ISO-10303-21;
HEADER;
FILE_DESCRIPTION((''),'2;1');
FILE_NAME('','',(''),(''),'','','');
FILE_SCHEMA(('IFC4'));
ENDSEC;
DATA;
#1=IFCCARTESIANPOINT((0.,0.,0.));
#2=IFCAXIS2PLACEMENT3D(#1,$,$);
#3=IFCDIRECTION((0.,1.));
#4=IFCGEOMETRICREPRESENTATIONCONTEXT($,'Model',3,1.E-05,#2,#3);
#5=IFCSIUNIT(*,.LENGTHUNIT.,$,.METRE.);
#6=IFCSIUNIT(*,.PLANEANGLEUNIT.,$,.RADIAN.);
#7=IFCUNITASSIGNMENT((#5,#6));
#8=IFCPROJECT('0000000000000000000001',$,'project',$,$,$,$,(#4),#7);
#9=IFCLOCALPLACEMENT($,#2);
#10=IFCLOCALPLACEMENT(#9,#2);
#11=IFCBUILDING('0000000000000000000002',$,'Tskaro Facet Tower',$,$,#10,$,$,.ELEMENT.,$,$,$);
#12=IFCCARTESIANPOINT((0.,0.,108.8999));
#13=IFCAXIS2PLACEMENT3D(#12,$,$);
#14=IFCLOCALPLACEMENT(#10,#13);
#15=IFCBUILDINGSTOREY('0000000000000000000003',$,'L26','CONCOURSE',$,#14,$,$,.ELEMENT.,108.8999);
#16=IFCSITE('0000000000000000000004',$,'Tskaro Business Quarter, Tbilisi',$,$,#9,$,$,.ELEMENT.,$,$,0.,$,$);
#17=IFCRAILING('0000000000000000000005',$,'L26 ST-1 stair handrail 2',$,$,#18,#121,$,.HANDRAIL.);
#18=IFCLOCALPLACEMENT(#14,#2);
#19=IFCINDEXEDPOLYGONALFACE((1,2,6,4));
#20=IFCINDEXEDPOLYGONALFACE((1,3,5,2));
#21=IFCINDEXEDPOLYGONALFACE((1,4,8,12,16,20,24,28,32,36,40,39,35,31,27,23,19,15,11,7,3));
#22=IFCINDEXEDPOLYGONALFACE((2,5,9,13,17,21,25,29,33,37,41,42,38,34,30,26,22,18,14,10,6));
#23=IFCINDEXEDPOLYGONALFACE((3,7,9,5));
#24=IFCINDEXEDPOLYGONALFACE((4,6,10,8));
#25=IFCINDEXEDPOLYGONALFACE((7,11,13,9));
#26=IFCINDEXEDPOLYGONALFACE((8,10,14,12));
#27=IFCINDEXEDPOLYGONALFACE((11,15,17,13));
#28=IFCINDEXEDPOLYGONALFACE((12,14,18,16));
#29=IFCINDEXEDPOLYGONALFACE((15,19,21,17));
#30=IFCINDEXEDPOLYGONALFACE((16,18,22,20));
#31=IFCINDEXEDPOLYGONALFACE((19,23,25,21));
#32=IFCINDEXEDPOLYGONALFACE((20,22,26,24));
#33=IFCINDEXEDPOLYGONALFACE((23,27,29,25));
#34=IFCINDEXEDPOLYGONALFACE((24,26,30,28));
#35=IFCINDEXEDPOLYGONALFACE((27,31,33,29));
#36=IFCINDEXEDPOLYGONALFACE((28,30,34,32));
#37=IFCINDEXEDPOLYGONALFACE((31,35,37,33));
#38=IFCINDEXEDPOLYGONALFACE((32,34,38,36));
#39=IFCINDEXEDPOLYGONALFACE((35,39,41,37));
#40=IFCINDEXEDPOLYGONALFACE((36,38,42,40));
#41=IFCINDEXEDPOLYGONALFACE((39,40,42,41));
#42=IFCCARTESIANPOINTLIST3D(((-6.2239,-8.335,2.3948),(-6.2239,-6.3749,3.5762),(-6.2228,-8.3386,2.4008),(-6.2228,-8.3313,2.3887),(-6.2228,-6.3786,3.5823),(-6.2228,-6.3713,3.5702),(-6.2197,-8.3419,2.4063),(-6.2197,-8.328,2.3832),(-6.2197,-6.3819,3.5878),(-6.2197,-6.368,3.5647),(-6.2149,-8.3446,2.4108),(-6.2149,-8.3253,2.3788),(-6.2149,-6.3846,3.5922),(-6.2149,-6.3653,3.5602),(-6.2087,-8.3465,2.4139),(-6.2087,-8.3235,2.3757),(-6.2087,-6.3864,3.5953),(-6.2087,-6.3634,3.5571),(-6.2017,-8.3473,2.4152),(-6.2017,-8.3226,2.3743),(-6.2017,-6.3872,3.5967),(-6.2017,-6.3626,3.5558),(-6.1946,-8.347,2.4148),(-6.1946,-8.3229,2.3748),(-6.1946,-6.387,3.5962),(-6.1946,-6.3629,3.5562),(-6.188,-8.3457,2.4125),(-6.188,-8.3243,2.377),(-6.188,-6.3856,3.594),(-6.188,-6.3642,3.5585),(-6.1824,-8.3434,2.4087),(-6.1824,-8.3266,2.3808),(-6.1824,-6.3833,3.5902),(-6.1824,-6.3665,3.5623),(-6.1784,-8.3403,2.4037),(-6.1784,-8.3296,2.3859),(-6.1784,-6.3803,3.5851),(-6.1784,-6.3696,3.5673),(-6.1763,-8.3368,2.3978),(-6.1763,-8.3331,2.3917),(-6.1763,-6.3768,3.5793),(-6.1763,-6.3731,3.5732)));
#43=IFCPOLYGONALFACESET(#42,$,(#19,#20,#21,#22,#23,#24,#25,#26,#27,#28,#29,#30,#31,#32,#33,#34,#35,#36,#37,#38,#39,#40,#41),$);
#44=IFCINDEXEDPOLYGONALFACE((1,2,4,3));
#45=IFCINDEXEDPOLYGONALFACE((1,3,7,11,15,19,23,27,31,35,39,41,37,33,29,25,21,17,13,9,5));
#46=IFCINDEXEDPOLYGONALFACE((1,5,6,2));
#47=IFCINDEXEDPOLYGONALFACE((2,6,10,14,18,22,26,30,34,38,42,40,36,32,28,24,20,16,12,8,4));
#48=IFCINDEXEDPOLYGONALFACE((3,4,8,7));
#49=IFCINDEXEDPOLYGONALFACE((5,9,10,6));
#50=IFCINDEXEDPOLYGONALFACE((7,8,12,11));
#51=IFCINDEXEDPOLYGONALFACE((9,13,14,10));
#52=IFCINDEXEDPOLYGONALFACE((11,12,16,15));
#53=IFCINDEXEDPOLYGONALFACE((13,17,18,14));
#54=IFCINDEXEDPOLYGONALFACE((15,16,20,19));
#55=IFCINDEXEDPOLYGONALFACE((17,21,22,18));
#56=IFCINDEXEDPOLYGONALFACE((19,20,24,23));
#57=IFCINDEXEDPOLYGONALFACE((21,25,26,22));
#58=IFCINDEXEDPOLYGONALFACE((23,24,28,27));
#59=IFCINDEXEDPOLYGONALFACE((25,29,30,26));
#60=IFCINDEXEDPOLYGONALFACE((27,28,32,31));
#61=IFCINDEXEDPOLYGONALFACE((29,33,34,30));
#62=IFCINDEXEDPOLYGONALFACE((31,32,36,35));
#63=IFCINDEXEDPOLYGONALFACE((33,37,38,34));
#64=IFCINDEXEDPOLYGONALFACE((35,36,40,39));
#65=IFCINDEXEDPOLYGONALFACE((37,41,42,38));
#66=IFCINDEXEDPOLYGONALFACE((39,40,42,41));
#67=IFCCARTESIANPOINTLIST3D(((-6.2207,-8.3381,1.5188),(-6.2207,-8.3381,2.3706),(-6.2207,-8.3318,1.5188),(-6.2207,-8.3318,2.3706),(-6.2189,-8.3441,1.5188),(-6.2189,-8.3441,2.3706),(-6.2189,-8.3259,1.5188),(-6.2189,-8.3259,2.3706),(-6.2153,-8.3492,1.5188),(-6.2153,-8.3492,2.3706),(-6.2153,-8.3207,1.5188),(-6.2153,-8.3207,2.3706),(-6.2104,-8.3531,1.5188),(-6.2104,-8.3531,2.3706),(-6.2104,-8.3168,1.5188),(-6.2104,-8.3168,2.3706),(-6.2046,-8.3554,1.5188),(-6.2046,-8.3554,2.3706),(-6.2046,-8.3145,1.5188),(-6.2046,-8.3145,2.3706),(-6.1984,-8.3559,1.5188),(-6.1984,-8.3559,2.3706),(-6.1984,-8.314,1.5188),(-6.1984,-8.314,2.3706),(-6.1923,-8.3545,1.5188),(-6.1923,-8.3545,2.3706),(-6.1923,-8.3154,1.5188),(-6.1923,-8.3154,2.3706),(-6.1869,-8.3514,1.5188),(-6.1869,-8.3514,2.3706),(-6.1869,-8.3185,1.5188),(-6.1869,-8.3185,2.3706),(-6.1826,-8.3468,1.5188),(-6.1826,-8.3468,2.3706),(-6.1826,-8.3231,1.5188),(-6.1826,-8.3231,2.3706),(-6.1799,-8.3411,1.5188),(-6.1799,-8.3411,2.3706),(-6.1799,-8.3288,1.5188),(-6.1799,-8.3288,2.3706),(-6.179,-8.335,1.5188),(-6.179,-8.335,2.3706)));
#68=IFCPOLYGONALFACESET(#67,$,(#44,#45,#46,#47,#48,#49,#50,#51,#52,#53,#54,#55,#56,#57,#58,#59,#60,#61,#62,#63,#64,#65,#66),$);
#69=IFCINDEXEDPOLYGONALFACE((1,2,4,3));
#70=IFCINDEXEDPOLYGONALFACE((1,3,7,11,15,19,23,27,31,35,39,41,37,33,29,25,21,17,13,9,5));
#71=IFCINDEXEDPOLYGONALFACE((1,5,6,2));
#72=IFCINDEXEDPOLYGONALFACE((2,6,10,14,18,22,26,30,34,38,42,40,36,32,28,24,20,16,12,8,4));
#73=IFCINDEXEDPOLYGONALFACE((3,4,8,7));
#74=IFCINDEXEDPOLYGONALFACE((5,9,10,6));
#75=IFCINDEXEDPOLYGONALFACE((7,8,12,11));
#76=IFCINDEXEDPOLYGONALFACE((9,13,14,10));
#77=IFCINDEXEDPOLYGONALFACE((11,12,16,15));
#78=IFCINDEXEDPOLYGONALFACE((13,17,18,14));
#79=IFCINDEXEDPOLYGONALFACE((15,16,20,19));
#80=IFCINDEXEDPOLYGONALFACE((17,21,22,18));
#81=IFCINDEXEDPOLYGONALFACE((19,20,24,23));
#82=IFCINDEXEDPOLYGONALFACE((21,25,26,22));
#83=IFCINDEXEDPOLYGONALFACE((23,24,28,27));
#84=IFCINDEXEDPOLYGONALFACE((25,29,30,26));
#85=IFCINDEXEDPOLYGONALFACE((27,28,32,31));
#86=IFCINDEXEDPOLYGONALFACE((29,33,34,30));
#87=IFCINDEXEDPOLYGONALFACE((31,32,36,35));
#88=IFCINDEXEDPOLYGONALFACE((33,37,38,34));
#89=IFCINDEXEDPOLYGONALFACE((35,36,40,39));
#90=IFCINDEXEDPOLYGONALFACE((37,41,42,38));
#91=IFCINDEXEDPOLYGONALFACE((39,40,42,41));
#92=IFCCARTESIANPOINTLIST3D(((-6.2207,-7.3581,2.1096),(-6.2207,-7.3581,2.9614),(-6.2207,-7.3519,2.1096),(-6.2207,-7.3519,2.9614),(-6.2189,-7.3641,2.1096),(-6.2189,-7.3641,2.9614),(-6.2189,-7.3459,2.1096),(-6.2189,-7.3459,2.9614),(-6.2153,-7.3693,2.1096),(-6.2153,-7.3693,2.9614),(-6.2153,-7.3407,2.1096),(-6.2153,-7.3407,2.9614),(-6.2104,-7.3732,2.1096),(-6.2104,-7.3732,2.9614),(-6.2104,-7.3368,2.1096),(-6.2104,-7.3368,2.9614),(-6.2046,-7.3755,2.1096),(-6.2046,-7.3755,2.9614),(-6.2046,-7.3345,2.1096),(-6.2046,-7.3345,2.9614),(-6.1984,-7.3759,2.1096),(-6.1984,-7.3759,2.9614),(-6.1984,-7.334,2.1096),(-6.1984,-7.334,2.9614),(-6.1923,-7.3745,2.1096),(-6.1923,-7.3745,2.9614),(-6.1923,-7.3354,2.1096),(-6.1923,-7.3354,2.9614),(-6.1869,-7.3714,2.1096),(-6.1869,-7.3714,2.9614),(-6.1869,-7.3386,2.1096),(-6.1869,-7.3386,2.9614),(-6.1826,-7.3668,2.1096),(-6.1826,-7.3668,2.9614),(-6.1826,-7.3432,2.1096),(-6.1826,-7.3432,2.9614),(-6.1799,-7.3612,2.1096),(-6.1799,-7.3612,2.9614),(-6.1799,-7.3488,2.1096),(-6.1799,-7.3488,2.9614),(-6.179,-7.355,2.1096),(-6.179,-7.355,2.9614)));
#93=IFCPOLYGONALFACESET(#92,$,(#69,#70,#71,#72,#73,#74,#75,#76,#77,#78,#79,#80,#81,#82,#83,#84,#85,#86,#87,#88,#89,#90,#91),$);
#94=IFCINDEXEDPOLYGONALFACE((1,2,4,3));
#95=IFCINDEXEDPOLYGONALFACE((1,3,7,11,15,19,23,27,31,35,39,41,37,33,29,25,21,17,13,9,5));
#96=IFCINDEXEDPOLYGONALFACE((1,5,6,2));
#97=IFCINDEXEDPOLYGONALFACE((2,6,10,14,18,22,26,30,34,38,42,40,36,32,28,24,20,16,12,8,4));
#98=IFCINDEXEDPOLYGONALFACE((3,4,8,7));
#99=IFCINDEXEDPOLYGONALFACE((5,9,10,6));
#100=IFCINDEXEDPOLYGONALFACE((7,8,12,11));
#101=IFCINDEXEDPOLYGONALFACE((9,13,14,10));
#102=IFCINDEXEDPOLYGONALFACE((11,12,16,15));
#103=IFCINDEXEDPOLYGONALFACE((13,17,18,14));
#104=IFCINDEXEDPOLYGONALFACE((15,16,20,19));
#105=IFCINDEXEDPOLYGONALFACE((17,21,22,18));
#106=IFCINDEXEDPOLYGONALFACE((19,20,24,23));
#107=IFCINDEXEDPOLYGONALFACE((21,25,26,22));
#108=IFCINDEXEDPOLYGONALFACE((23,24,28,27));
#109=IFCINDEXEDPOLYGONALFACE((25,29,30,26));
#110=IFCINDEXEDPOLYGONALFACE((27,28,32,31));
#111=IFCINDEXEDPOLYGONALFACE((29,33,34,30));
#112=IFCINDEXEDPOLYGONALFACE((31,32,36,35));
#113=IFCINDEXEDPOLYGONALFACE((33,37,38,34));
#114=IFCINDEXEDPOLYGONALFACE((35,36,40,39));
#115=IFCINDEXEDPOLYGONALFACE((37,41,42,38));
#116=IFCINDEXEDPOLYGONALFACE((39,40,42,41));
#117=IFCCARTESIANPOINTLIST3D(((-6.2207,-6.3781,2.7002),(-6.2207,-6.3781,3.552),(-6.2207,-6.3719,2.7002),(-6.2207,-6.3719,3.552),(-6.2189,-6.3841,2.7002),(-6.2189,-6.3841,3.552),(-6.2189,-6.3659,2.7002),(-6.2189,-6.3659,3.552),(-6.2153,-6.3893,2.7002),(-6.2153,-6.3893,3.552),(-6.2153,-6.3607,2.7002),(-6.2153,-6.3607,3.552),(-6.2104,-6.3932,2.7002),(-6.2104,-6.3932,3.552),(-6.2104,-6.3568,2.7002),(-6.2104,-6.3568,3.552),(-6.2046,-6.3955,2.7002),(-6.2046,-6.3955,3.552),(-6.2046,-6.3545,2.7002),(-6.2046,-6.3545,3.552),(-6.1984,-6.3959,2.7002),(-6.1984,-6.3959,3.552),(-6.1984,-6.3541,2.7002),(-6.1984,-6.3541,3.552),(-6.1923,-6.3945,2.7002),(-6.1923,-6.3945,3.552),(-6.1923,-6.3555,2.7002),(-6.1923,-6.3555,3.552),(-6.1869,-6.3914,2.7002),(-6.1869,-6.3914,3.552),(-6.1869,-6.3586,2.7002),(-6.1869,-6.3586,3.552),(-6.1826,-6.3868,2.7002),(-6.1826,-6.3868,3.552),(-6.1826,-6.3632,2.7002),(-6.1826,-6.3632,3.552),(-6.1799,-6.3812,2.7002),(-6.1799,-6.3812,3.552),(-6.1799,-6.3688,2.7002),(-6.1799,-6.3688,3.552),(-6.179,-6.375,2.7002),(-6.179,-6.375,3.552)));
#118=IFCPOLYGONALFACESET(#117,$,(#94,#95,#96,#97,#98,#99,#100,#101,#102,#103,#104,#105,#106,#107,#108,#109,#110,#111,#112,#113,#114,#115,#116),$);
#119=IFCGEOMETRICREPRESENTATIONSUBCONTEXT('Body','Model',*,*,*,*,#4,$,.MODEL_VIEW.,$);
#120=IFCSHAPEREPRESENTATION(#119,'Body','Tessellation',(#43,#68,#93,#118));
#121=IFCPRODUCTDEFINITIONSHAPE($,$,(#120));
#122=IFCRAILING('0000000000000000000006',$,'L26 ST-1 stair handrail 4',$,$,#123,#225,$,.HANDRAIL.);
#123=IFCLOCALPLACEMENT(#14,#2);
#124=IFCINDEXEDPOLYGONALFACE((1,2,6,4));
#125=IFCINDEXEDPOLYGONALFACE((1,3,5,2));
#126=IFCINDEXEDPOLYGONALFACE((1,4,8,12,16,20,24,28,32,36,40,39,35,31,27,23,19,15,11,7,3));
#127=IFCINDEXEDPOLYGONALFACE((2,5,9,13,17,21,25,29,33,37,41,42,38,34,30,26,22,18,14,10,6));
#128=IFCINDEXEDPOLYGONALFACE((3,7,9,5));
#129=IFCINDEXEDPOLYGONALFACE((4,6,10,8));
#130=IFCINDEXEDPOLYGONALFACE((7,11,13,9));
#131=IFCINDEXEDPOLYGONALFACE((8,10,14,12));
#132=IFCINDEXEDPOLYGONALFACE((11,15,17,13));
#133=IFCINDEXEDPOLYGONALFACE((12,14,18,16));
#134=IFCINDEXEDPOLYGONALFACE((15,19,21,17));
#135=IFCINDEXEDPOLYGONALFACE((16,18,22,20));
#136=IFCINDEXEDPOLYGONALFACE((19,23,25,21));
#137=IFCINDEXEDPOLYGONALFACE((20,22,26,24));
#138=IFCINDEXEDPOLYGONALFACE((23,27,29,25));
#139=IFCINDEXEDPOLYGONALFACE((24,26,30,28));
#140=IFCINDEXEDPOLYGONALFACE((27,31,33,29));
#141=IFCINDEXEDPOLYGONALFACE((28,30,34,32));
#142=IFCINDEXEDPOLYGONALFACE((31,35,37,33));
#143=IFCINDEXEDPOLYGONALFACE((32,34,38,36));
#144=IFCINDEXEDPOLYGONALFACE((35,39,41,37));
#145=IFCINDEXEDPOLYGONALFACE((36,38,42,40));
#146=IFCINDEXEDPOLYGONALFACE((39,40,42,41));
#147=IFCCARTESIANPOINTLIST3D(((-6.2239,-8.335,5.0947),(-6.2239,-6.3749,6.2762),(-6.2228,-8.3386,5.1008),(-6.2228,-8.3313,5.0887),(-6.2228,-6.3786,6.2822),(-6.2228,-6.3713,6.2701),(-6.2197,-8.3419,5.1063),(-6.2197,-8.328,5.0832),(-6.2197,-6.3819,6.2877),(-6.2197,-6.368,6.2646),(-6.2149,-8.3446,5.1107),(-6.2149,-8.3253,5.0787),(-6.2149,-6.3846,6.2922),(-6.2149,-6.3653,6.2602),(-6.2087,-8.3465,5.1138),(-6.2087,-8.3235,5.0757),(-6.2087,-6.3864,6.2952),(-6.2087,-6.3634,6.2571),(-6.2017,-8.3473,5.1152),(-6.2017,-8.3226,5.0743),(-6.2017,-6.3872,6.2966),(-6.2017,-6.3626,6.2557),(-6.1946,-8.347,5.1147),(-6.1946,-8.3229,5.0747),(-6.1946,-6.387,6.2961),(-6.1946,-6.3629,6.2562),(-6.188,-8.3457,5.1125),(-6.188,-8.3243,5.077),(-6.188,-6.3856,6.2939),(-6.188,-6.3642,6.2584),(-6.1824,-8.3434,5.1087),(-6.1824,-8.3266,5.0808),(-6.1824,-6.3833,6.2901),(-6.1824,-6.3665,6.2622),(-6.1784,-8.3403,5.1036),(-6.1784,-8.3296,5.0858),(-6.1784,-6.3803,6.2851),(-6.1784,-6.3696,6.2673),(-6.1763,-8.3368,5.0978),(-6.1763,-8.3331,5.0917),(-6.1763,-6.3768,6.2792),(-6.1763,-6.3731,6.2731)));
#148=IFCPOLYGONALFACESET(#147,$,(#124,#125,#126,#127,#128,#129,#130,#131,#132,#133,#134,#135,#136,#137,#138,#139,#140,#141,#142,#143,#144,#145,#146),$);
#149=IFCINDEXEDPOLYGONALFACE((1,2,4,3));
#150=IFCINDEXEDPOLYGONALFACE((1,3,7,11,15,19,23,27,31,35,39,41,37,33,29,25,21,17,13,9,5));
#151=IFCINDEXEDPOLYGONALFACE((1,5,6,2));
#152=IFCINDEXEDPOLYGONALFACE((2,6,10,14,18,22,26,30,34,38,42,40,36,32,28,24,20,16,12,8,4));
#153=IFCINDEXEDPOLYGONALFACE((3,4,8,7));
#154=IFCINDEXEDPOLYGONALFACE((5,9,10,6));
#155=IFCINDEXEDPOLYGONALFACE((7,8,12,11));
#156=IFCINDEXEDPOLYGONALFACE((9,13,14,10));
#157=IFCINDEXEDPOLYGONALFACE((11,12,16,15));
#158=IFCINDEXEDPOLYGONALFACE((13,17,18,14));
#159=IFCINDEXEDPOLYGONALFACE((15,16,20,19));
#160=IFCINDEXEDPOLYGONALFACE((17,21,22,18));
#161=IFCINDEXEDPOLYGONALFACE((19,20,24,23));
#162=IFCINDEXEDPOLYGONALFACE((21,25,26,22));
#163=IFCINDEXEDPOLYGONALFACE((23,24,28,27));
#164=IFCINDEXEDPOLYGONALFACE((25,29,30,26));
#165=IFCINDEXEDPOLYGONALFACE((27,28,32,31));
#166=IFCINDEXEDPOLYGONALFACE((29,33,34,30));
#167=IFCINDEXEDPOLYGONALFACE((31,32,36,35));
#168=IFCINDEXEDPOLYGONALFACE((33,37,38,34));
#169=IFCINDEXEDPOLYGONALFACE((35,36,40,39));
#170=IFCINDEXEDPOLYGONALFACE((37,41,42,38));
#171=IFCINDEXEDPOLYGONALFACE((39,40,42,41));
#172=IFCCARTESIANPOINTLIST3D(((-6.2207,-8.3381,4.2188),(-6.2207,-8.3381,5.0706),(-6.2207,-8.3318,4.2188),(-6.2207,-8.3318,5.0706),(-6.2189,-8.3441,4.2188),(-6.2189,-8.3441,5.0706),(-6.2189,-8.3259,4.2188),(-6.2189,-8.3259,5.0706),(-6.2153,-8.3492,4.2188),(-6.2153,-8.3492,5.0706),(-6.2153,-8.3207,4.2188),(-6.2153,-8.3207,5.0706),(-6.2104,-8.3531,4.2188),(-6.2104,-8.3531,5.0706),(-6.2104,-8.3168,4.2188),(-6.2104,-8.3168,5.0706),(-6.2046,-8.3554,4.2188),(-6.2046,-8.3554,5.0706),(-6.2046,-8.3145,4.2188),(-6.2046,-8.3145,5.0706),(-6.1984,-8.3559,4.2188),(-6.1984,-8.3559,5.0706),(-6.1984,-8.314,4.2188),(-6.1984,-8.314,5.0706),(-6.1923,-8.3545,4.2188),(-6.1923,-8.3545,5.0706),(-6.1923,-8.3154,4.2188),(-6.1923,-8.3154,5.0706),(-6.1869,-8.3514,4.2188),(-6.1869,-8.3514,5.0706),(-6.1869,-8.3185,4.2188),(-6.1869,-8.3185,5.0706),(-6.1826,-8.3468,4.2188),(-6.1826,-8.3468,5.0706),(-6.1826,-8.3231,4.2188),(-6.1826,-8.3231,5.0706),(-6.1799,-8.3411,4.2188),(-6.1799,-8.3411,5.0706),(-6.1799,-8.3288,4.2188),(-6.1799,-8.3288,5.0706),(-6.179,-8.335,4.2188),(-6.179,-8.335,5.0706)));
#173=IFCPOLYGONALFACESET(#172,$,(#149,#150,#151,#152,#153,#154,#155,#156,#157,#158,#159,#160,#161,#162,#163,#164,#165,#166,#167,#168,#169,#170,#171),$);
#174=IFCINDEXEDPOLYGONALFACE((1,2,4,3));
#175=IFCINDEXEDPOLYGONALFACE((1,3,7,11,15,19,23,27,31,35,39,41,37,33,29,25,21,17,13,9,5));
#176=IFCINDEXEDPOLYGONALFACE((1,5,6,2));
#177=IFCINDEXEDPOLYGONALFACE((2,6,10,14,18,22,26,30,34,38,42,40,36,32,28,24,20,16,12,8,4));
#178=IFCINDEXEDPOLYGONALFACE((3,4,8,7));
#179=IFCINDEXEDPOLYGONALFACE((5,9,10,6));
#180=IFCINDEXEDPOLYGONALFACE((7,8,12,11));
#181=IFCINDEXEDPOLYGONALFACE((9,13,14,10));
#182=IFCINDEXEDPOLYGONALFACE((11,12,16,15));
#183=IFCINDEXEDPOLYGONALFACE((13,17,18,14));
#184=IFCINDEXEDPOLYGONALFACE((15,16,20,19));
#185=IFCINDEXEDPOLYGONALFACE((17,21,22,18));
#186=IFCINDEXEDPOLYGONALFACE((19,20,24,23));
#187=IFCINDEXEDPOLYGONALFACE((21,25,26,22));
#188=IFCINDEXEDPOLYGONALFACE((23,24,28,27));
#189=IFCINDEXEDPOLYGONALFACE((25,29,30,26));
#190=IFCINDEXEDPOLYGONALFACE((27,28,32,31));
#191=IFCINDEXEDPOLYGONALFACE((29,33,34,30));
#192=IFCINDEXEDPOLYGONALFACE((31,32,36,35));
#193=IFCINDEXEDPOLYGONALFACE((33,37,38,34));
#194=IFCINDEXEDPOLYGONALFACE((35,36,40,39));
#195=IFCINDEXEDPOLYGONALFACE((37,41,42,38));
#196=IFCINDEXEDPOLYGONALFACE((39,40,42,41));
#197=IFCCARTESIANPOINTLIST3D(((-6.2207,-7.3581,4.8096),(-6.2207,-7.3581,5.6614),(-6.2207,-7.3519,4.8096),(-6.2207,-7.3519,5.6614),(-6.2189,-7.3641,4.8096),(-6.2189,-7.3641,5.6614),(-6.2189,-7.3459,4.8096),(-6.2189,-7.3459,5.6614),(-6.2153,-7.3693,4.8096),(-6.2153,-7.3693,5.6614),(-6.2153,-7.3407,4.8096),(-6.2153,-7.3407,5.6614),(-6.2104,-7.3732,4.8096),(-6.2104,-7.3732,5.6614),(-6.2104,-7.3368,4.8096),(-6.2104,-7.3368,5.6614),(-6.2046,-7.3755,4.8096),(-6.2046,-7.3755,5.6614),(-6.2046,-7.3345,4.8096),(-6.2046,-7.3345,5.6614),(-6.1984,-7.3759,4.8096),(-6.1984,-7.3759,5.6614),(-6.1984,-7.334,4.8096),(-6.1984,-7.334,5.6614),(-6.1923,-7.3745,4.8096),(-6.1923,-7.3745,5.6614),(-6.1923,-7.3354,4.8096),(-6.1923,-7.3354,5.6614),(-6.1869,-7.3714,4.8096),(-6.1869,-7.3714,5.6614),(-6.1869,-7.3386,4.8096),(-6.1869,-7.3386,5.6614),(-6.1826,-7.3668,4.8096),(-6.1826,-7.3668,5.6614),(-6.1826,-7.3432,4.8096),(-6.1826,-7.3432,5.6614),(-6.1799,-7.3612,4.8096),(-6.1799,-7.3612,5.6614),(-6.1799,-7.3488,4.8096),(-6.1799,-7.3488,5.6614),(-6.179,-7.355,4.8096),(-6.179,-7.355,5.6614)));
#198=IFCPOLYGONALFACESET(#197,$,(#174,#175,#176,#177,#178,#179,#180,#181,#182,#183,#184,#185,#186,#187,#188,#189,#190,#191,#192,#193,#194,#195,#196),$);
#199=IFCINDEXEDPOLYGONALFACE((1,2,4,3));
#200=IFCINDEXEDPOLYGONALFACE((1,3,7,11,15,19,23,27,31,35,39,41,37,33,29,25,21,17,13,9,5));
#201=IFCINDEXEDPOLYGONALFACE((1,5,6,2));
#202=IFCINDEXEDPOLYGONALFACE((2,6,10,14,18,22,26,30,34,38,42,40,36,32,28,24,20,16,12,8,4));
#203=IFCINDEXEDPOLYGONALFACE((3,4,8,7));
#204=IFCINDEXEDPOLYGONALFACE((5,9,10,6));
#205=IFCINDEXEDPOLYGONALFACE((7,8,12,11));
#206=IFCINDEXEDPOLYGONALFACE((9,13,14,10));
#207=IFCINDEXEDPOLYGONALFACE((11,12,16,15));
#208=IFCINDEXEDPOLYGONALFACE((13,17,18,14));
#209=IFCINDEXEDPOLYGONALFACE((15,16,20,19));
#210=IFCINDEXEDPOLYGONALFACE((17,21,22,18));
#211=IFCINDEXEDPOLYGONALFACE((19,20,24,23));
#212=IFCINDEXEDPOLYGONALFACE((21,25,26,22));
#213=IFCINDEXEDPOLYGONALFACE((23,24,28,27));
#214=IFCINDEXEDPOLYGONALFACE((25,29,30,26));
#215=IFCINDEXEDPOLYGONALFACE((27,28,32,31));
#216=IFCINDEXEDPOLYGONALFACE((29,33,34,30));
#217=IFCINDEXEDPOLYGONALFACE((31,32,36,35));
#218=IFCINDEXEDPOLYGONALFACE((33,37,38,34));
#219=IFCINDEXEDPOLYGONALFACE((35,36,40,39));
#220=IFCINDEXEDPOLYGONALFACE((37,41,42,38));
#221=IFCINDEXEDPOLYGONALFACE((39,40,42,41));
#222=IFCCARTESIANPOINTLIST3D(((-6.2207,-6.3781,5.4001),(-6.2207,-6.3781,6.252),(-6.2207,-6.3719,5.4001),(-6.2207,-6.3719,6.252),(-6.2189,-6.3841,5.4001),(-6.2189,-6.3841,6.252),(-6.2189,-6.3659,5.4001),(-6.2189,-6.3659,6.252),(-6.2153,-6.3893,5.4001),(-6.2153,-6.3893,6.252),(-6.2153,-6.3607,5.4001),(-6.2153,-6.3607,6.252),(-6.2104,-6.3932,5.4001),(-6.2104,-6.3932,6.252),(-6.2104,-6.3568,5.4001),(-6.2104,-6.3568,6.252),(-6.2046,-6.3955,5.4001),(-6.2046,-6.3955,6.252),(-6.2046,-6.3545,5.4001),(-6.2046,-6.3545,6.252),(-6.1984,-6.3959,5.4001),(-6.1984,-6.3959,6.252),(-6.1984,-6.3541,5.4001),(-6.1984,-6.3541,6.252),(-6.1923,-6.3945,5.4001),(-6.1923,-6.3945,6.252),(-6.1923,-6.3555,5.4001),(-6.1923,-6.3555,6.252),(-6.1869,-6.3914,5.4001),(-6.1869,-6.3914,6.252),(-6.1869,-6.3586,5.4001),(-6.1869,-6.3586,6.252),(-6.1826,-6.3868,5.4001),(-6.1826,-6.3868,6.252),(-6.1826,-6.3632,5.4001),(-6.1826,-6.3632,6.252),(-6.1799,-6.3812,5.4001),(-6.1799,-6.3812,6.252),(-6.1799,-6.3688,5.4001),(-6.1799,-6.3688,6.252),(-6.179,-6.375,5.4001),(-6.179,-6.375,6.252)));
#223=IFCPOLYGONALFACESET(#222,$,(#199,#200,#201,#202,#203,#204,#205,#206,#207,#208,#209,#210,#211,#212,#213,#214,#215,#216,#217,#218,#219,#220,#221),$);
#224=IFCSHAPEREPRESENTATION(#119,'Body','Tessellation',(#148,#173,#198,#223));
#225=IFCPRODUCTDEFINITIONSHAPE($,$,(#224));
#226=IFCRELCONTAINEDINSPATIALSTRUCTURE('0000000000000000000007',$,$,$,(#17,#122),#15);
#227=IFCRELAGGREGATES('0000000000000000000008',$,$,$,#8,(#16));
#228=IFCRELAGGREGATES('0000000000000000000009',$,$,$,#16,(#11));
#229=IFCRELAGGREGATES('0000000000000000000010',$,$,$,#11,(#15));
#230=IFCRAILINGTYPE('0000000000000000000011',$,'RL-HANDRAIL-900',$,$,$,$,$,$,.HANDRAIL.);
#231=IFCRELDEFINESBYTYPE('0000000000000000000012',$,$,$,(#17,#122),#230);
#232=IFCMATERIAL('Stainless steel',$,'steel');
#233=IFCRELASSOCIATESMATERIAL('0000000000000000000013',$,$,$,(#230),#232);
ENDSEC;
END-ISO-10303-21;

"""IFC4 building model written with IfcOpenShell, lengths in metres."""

from ifc_helpers import new_model, si_unit, direction, frame, origin, origin_2d, place, context, subcontext, project, spatial, circle, extrude, material, type_object, element, save


model = new_model("IFC4")

# Units and contexts
model_context = context("Model", 3, precision=1e-05, world=origin(), true_north=direction((0.0, 1.0)))
body_context = subcontext(model_context, "Body", "Model", "MODEL_VIEW")
ifc_project = project(units=[si_unit("LENGTHUNIT", "METRE"), si_unit("PLANEANGLEUNIT", "RADIAN")], contexts=[model_context])

# Site, building, storey
site_placement = place(None, origin())
site = spatial("IfcSite", under=ifc_project, at=site_placement, Name="Tskaro Business Quarter, Tbilisi", CompositionType="ELEMENT", RefElevation=0.0)
building_placement = place(site_placement, origin())
building = spatial("IfcBuilding", under=site, at=building_placement, Name="Tskaro Facet Tower", CompositionType="ELEMENT")
storey_placement = place(building_placement, frame((0.0, 0.0, 108.8999)))
storey = spatial("IfcBuildingStorey", under=building, at=storey_placement, Name="L26", Description="CONCOURSE", CompositionType="ELEMENT", Elevation=108.8999)

# Shared definitions
ifc_material_1 = material(Name="Stainless steel", Category="steel")

# Railings
railing_type_1 = type_object("IfcRailingType", Name="RL-HANDRAIL-900", PredefinedType="HANDRAIL", material=ifc_material_1)
for number, where, name in (
    (1, (-6.2, -8.335, 1.5188), "L26 ST-1 stair handrail 2"),
    (2, (-6.2, -8.335, 4.2188), "L26 ST-1 stair handrail 4"),
):
    element("IfcRailing", number, at=place(storey_placement, frame(where)), inside=storey, type_object=railing_type_1, Name=name, PredefinedType="HANDRAIL", context=body_context, shape_type="SweptSolid", body=[
        extrude(circle(Radius=0.0239, at=origin_2d()), frame((0.0, 0.0, 0.876), z_axis=(0.0, 0.856446, 0.516236), x_axis=(-1.0, 0.0, 0.0)), (0.0, 0.0, 1.0), 2.2886),
        extrude(circle(Radius=0.021, at=origin_2d()), origin(), (0.0, 0.0, 1.0), 0.8518),
        extrude(circle(Radius=0.021, at=origin_2d()), frame((0.0, 0.98, 0.5908)), (0.0, 0.0, 1.0), 0.8518),
        extrude(circle(Radius=0.021, at=origin_2d()), frame((0.0, 1.96, 1.1814)), (0.0, 0.0, 1.0), 0.8518),
    ])

save(model, "model.ifc")
